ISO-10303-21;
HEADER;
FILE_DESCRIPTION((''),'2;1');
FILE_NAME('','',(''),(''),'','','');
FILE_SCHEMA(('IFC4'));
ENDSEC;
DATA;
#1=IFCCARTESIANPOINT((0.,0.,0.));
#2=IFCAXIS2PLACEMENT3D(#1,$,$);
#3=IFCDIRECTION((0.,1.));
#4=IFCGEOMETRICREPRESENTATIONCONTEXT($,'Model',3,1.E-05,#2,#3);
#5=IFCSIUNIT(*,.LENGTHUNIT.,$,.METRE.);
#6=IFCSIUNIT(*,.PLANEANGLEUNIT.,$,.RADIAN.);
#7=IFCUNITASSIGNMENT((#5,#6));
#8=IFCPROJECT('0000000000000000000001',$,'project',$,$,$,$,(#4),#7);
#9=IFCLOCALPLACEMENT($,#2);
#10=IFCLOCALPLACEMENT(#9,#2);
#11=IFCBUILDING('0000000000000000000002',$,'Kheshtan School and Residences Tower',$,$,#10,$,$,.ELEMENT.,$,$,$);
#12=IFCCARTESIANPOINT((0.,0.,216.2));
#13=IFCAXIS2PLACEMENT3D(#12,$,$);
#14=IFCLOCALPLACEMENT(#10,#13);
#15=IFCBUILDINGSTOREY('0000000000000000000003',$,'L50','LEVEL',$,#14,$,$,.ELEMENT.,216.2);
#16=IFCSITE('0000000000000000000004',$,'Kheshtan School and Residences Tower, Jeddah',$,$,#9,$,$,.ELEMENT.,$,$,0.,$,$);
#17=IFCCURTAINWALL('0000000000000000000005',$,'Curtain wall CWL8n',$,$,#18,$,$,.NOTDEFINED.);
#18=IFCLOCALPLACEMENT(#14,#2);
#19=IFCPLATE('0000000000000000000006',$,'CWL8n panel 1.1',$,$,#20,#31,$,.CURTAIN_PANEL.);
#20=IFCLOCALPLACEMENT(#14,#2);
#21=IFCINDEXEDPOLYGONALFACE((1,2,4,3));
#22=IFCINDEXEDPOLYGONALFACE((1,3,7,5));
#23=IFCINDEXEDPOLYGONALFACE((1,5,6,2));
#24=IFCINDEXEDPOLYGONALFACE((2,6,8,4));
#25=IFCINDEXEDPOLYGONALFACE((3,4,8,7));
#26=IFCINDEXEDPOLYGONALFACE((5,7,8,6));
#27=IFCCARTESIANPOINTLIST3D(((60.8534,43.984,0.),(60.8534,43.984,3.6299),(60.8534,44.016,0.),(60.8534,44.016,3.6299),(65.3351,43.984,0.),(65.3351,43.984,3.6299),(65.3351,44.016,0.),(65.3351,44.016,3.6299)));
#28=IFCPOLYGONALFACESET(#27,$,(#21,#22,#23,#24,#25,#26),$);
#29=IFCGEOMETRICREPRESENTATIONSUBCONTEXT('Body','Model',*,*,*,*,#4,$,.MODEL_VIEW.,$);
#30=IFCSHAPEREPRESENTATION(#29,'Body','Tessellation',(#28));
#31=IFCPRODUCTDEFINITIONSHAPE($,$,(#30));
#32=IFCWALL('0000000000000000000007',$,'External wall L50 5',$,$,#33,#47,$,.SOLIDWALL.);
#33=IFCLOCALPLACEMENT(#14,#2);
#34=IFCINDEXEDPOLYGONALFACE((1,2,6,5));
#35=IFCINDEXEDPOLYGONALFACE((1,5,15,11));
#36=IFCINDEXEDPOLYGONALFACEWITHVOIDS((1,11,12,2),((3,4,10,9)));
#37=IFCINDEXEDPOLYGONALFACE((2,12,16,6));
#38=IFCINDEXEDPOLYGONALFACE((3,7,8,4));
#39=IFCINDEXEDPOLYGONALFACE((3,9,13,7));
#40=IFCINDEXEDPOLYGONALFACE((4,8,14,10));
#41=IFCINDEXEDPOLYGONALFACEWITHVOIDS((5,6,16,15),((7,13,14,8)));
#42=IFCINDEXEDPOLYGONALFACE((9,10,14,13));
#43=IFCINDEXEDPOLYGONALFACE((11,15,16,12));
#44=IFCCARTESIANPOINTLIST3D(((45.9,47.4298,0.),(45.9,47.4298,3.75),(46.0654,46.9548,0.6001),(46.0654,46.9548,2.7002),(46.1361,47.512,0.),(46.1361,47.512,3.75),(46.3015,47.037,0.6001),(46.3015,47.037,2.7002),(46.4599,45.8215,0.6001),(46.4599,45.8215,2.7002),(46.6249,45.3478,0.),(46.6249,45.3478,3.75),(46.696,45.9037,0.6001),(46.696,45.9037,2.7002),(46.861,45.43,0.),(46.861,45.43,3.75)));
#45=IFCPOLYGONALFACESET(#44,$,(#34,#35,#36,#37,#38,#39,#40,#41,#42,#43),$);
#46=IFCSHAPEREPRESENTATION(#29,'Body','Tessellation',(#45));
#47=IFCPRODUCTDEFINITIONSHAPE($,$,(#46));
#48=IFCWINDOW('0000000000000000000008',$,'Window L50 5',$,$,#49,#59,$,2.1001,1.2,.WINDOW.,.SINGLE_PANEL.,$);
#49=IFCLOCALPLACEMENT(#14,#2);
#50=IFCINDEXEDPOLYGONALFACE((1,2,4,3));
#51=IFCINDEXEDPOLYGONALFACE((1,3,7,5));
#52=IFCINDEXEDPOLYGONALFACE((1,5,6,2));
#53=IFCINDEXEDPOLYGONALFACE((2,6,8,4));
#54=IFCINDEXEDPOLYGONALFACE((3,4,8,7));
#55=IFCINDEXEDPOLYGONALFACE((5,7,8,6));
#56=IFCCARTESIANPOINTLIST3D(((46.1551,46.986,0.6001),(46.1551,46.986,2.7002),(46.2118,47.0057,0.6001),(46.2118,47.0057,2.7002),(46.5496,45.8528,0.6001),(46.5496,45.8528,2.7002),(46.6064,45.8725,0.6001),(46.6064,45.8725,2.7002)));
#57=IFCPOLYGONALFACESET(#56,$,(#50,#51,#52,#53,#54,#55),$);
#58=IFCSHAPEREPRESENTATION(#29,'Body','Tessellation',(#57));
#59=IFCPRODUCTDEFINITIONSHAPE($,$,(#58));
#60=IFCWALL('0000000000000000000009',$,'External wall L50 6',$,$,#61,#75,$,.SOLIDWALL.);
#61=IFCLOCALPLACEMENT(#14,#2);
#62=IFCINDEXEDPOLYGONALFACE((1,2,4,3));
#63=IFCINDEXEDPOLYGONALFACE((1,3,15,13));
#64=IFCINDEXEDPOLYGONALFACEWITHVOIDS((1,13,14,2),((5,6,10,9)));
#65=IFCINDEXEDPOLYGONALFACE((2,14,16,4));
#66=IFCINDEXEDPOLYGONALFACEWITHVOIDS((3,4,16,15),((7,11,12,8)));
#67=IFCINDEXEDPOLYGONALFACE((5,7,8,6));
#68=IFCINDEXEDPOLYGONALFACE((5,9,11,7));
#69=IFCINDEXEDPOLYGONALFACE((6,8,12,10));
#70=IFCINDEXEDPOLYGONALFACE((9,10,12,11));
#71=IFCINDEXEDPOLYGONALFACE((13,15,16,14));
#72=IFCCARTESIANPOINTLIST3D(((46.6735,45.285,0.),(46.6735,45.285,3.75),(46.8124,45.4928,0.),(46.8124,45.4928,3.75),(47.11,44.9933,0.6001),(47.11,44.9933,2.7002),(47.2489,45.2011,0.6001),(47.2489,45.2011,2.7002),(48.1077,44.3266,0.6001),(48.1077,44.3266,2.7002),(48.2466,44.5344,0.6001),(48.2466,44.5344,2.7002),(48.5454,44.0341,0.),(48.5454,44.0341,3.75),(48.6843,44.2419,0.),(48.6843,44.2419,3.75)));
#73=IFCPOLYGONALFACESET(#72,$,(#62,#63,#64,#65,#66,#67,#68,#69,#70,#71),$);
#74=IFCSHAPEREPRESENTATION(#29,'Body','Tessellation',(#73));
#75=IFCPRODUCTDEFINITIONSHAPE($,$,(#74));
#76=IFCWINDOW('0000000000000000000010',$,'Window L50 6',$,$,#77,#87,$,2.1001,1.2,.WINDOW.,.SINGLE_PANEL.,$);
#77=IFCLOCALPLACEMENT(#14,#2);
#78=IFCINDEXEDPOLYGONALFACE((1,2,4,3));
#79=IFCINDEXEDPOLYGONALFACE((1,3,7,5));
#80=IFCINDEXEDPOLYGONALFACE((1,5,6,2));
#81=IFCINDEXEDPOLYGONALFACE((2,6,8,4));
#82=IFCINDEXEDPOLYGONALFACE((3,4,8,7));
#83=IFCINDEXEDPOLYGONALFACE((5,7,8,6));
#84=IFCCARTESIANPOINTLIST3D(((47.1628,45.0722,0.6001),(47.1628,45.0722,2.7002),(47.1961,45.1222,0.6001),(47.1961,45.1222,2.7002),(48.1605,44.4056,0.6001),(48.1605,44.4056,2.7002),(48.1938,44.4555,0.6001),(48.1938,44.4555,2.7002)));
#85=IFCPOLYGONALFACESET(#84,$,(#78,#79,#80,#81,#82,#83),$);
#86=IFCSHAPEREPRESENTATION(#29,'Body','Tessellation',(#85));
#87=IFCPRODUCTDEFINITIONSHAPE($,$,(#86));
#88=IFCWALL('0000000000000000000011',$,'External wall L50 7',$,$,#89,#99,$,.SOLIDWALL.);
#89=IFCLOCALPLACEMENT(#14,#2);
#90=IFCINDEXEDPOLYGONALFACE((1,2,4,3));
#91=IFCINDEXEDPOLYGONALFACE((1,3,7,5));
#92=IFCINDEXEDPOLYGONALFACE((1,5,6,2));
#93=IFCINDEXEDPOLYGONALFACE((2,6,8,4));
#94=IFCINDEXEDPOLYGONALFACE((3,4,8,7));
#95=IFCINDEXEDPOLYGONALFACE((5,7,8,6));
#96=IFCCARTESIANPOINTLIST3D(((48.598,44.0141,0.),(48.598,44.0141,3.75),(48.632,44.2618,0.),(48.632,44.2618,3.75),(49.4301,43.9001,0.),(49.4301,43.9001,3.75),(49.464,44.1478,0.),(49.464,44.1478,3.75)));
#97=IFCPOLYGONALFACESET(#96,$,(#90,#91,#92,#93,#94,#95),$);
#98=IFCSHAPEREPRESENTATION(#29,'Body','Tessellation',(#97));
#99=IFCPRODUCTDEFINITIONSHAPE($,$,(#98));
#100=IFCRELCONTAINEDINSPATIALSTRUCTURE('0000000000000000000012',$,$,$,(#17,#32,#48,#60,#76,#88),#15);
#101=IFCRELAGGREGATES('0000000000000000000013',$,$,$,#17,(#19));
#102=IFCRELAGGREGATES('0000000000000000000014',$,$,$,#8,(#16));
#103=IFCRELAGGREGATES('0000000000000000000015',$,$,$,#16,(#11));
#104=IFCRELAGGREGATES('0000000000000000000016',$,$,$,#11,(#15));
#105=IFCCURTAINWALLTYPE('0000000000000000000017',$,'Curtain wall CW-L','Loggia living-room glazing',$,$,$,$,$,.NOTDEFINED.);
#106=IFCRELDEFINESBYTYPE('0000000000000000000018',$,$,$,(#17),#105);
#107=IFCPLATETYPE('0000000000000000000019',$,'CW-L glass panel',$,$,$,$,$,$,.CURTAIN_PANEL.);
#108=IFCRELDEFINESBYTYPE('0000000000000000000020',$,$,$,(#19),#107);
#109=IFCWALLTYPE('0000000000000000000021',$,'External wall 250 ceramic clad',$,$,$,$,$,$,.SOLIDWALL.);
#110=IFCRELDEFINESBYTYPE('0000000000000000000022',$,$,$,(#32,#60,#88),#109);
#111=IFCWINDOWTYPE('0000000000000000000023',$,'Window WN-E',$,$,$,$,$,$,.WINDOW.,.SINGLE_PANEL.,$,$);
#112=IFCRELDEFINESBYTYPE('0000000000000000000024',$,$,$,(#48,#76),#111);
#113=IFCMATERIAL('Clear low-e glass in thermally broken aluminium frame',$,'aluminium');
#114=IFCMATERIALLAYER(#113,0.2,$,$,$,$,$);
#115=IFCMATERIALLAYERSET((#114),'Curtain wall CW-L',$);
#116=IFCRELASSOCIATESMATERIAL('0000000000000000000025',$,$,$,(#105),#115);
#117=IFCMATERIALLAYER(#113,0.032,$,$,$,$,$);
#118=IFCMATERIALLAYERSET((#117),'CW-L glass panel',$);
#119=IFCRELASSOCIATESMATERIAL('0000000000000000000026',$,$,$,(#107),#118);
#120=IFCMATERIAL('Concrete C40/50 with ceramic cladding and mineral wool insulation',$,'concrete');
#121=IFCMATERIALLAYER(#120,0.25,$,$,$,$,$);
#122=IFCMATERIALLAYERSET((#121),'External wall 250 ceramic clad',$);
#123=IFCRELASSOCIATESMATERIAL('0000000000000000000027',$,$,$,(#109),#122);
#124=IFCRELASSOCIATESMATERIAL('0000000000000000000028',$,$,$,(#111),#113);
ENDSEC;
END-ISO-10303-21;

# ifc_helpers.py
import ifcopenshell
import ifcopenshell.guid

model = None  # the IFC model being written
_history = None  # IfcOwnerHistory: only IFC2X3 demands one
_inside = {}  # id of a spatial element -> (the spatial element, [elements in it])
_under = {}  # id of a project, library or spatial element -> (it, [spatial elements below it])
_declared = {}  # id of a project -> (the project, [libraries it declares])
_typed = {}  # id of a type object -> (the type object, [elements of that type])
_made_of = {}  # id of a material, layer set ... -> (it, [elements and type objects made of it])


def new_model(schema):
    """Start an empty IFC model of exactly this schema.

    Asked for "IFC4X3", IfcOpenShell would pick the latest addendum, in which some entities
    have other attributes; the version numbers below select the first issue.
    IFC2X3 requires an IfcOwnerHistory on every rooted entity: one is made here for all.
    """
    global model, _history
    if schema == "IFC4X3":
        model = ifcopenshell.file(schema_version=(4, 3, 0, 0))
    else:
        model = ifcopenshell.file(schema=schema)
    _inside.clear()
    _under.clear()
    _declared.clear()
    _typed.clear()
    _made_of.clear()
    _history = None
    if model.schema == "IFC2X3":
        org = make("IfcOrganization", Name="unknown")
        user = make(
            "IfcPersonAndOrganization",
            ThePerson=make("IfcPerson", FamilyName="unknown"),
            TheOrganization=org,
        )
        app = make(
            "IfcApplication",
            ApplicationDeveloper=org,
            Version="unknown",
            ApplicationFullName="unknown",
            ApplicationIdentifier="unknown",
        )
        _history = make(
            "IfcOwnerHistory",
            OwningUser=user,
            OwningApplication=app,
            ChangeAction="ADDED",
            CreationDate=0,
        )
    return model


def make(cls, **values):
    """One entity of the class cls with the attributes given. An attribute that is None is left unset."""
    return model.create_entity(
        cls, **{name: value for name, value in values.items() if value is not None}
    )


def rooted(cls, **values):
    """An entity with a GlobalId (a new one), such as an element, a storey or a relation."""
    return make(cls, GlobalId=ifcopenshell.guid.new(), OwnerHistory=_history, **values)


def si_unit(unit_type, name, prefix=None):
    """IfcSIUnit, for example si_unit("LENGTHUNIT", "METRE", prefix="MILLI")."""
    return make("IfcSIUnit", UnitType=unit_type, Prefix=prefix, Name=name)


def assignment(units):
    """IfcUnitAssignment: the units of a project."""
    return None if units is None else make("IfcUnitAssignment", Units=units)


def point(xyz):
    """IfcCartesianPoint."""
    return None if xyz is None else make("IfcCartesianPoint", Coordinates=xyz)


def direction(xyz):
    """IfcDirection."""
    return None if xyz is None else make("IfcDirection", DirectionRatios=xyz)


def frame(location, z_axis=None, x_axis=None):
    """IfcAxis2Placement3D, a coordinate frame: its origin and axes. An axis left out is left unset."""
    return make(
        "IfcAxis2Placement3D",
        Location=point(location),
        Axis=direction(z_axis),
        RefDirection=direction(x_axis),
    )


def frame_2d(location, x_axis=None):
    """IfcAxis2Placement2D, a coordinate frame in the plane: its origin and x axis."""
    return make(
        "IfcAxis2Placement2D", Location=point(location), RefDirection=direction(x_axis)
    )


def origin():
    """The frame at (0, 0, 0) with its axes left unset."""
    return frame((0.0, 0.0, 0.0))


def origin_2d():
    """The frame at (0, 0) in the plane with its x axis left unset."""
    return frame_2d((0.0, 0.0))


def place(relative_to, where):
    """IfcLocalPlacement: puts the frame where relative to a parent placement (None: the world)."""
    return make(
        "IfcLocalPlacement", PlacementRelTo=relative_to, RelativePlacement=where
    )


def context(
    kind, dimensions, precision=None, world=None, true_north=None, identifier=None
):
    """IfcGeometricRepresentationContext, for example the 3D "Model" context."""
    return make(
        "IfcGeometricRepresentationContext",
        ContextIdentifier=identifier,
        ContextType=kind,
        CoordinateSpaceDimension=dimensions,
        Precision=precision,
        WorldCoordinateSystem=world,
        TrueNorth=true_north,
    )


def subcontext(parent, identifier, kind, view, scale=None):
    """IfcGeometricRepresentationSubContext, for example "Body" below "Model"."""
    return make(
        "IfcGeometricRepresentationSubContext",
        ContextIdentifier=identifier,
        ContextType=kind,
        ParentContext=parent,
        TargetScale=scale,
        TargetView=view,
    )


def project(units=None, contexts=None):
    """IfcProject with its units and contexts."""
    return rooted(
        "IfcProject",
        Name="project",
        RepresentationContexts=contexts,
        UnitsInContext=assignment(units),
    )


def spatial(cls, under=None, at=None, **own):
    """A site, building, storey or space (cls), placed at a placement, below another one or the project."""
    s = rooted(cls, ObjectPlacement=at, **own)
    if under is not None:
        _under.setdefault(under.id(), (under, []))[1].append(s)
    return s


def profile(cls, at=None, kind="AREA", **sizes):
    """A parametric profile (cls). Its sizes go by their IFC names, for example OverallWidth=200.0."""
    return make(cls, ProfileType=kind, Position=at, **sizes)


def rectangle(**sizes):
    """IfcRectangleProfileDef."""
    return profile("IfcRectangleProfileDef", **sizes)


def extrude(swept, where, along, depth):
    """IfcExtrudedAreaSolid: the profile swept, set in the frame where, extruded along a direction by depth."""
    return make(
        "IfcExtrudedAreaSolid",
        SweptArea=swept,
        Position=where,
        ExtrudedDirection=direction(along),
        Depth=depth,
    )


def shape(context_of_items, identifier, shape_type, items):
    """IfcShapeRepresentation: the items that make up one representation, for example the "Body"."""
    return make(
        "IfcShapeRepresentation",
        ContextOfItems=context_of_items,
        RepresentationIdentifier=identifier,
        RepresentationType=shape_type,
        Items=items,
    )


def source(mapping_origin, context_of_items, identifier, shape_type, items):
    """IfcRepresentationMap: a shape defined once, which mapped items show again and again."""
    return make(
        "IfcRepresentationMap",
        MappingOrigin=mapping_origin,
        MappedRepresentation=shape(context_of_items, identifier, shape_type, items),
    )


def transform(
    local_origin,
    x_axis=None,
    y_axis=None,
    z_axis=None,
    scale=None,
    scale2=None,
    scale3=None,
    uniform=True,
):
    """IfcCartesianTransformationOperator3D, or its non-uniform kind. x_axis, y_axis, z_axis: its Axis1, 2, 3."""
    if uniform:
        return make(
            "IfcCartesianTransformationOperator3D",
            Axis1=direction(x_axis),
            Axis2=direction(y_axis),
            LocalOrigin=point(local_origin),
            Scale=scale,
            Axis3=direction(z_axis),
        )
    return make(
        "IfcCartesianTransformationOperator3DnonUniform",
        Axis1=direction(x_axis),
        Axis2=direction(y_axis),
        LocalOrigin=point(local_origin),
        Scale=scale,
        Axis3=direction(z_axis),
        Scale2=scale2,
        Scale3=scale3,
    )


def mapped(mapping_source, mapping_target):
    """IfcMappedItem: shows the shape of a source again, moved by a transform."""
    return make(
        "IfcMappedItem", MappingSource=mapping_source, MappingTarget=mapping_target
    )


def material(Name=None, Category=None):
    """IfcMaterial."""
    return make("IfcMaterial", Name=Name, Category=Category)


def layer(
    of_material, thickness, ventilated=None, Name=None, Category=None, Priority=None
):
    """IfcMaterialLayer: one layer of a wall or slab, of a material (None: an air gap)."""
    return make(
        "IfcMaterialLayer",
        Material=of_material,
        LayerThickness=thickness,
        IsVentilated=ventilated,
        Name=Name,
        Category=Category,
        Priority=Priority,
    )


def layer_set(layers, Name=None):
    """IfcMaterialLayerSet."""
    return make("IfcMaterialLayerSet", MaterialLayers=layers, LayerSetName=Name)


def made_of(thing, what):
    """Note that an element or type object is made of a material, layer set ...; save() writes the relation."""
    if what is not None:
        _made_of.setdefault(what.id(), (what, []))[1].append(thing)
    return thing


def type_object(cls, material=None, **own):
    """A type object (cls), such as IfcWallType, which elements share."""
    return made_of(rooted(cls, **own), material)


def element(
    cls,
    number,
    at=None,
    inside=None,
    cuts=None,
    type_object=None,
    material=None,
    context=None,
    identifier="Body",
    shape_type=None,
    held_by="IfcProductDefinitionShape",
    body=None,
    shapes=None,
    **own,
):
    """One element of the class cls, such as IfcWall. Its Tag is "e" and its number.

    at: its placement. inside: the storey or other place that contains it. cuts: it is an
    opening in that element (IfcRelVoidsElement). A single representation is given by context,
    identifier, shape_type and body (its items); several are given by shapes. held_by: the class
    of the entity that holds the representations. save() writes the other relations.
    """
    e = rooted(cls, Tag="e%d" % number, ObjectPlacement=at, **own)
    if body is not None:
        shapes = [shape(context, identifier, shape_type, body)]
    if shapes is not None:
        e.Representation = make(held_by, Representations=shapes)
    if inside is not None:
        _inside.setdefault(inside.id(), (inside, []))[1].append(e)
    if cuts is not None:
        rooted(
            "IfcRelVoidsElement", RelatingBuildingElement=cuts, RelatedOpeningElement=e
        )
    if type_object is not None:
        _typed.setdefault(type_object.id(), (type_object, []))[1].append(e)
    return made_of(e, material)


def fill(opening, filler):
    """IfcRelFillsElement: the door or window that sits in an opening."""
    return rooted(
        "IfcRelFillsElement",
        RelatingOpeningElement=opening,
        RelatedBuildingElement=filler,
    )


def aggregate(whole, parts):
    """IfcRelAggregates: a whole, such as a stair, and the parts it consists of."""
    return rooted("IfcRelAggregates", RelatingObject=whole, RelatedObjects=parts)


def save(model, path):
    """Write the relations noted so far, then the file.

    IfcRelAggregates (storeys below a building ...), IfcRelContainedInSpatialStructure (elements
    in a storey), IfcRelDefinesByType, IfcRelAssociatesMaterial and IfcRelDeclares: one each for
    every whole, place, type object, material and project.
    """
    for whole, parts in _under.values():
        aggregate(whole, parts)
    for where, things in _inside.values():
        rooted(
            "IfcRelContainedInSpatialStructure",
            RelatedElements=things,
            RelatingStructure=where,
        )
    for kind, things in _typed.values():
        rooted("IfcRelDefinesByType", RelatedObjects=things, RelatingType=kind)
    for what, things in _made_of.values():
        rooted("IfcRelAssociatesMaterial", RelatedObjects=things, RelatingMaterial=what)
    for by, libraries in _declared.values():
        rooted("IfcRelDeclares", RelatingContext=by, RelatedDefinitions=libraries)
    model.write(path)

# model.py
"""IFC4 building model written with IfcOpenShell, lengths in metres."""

from ifc_helpers import new_model, si_unit, direction, frame, frame_2d, origin, origin_2d, place, context, subcontext, project, spatial, rectangle, extrude, source, transform, mapped, material, layer, layer_set, type_object, element, fill, aggregate, save


model = new_model("IFC4")

# Units and contexts
model_context = context("Model", 3, precision=1e-05, world=origin(), true_north=direction((0.0, 1.0)))
body_context = subcontext(model_context, "Body", "Model", "MODEL_VIEW")
ifc_project = project(units=[si_unit("LENGTHUNIT", "METRE"), si_unit("PLANEANGLEUNIT", "RADIAN")], contexts=[model_context])

# Site, building, storey
site_placement = place(None, origin())
site = spatial("IfcSite", under=ifc_project, at=site_placement, Name="Kheshtan School and Residences Tower, Jeddah", CompositionType="ELEMENT", RefElevation=0.0)
building_placement = place(site_placement, origin())
building = spatial("IfcBuilding", under=site, at=building_placement, Name="Kheshtan School and Residences Tower", CompositionType="ELEMENT")
storey_placement = place(building_placement, frame((0.0, 0.0, 216.2)))
storey = spatial("IfcBuildingStorey", under=building, at=storey_placement, Name="L50", Description="LEVEL", CompositionType="ELEMENT", Elevation=216.2)

# Shared definitions
ifc_material_1 = material(Name="Clear low-e glass in thermally broken aluminium frame", Category="aluminium")
ifc_layer_1 = layer(ifc_material_1, 0.2)
ifc_layer_set_1 = layer_set([ifc_layer_1], Name="Curtain wall CW-L")
curtain_wall_type = type_object("IfcCurtainWallType", Name="Curtain wall CW-L", Description="Loggia living-room glazing", PredefinedType="NOTDEFINED", material=ifc_layer_set_1)
ifc_layer_2 = layer(ifc_material_1, 0.032)
ifc_layer_set_2 = layer_set([ifc_layer_2], Name="CW-L glass panel")
plate_type = type_object("IfcPlateType", Name="CW-L glass panel", PredefinedType="CURTAIN_PANEL", material=ifc_layer_set_2)

# Curtain wall, plate
curtain_wall_1_placement = place(storey_placement, origin())
curtain_wall_1 = element("IfcCurtainWall", 1, at=curtain_wall_1_placement, inside=storey, type_object=curtain_wall_type, Name="Curtain wall CWL8n", PredefinedType="NOTDEFINED")
plate_1_placement = place(storey_placement, frame((63.0942, 44.0, 0.0), z_axis=(0.0, 0.0, 1.0), x_axis=(1.0, 0.0, 0.0)))
plate_1 = element("IfcPlate", 2, at=plate_1_placement, type_object=plate_type, Name="CWL8n panel 1.1", PredefinedType="CURTAIN_PANEL", context=body_context, shape_type="SweptSolid", body=[
    extrude(rectangle(XDim=4.4817, YDim=0.032, at=origin_2d()), origin(), (0.0, 0.0, 1.0), 3.6299),
])
aggregate(curtain_wall_1, [plate_1])

# Walls, openings, windows
ifc_material_2 = material(Name="Concrete C40/50 with ceramic cladding and mineral wool insulation", Category="concrete")
ifc_layer_3 = layer(ifc_material_2, 0.25)
ifc_layer_set_3 = layer_set([ifc_layer_3], Name="External wall 250 ceramic clad")
wall_type_1 = type_object("IfcWallType", Name="External wall 250 ceramic clad", PredefinedType="SOLIDWALL", material=ifc_layer_set_3)
wall_1_placement = place(storey_placement, frame((46.0181, 47.4709, 0.0), z_axis=(0.0, 0.0, 1.0), x_axis=(0.328791, -0.944403, 0.0)))
wall_1 = element("IfcWall", 3, at=wall_1_placement, inside=storey, type_object=wall_type_1, Name="External wall L50 5", PredefinedType="SOLIDWALL", context=body_context, shape_type="SweptSolid", body=[
    extrude(rectangle(XDim=2.2046, YDim=0.25, at=frame_2d((1.1023, 0.0))), origin(), (0.0, 0.0, 1.0), 3.75),
])
opening_1_placement = place(wall_1_placement, frame((0.5029, 0.0, 0.6001)))
opening_1 = element("IfcOpeningElement", 4, at=opening_1_placement, cuts=wall_1, PredefinedType="OPENING", context=body_context, shape_type="SweptSolid", body=[
    extrude(rectangle(XDim=1.2, YDim=2.1001, at=frame_2d((0.6001, 1.05))), frame((0.0, 0.135, 0.0), z_axis=(0.0, -1.0, 0.0), x_axis=(1.0, 0.0, 0.0)), (0.0, 0.0, 1.0), 0.27),
])
window_type = type_object("IfcWindowType", Name="Window WN-E", PartitioningType="SINGLE_PANEL", PredefinedType="WINDOW", material=ifc_material_1)
shared_shape_1 = source(origin(), body_context, "Body", "SweptSolid", [
    extrude(rectangle(XDim=1.2, YDim=2.1001, at=frame_2d((0.6001, 1.05))), frame((0.0, 0.03, 0.0), z_axis=(0.0, -1.0, 0.0), x_axis=(1.0, 0.0, 0.0)), (0.0, 0.0, 1.0), 0.0601),
])
window_1_placement = place(opening_1_placement, origin())
window_1 = element("IfcWindow", 5, at=window_1_placement, inside=storey, type_object=window_type, Name="Window L50 5", OverallHeight=2.1001, OverallWidth=1.2, PartitioningType="SINGLE_PANEL", PredefinedType="WINDOW", context=body_context, shape_type="MappedRepresentation", body=[
    mapped(shared_shape_1, transform((0.0, 0.0, 0.0), x_axis=(1.0, 0.0, 0.0), y_axis=(0.0, 1.0, 0.0), z_axis=(0.0, 0.0, 1.0), scale=1.0)),
])
fill(opening_1, window_1)
wall_2_placement = place(storey_placement, frame((46.7429, 45.3889, 0.0), z_axis=(0.0, 0.0, 1.0), x_axis=(0.831449, -0.555601, 0.0)))
wall_2 = element("IfcWall", 6, at=wall_2_placement, inside=storey, type_object=wall_type_1, Name="External wall L50 6", PredefinedType="SOLIDWALL", context=body_context, shape_type="SweptSolid", body=[
    extrude(rectangle(XDim=2.2515, YDim=0.25, at=frame_2d((1.1257, 0.0))), origin(), (0.0, 0.0, 1.0), 3.75),
])
opening_2_placement = place(wall_2_placement, frame((0.5249, 0.0, 0.6001)))
opening_2 = element("IfcOpeningElement", 7, at=opening_2_placement, cuts=wall_2, PredefinedType="OPENING", context=body_context, shape_type="SweptSolid", body=[
    extrude(rectangle(XDim=1.2, YDim=2.1001, at=frame_2d((0.6001, 1.05))), frame((0.0, 0.135, 0.0), z_axis=(0.0, -1.0, 0.0), x_axis=(1.0, 0.0, 0.0)), (0.0, 0.0, 1.0), 0.27),
])
window_2_placement = place(opening_2_placement, origin())
window_2 = element("IfcWindow", 8, at=window_2_placement, inside=storey, type_object=window_type, Name="Window L50 6", OverallHeight=2.1001, OverallWidth=1.2, PartitioningType="SINGLE_PANEL", PredefinedType="WINDOW", context=body_context, shape_type="MappedRepresentation", body=[
    mapped(shared_shape_1, transform((0.0, 0.0, 0.0), x_axis=(1.0, 0.0, 0.0), y_axis=(0.0, 1.0, 0.0), z_axis=(0.0, 0.0, 1.0), scale=1.0)),
])
fill(opening_2, window_2)

# Wall
wall_3_placement = place(storey_placement, frame((48.615, 44.1379, 0.0), z_axis=(0.0, 0.0, 1.0), x_axis=(0.990742, -0.135762, 0.0)))
element("IfcWall", 9, at=wall_3_placement, inside=storey, type_object=wall_type_1, Name="External wall L50 7", PredefinedType="SOLIDWALL", context=body_context, shape_type="SweptSolid", body=[
    extrude(rectangle(XDim=0.8398, YDim=0.25, at=frame_2d((0.4199, 0.0))), origin(), (0.0, 0.0, 1.0), 3.75),
])

save(model, "model.ifc")
